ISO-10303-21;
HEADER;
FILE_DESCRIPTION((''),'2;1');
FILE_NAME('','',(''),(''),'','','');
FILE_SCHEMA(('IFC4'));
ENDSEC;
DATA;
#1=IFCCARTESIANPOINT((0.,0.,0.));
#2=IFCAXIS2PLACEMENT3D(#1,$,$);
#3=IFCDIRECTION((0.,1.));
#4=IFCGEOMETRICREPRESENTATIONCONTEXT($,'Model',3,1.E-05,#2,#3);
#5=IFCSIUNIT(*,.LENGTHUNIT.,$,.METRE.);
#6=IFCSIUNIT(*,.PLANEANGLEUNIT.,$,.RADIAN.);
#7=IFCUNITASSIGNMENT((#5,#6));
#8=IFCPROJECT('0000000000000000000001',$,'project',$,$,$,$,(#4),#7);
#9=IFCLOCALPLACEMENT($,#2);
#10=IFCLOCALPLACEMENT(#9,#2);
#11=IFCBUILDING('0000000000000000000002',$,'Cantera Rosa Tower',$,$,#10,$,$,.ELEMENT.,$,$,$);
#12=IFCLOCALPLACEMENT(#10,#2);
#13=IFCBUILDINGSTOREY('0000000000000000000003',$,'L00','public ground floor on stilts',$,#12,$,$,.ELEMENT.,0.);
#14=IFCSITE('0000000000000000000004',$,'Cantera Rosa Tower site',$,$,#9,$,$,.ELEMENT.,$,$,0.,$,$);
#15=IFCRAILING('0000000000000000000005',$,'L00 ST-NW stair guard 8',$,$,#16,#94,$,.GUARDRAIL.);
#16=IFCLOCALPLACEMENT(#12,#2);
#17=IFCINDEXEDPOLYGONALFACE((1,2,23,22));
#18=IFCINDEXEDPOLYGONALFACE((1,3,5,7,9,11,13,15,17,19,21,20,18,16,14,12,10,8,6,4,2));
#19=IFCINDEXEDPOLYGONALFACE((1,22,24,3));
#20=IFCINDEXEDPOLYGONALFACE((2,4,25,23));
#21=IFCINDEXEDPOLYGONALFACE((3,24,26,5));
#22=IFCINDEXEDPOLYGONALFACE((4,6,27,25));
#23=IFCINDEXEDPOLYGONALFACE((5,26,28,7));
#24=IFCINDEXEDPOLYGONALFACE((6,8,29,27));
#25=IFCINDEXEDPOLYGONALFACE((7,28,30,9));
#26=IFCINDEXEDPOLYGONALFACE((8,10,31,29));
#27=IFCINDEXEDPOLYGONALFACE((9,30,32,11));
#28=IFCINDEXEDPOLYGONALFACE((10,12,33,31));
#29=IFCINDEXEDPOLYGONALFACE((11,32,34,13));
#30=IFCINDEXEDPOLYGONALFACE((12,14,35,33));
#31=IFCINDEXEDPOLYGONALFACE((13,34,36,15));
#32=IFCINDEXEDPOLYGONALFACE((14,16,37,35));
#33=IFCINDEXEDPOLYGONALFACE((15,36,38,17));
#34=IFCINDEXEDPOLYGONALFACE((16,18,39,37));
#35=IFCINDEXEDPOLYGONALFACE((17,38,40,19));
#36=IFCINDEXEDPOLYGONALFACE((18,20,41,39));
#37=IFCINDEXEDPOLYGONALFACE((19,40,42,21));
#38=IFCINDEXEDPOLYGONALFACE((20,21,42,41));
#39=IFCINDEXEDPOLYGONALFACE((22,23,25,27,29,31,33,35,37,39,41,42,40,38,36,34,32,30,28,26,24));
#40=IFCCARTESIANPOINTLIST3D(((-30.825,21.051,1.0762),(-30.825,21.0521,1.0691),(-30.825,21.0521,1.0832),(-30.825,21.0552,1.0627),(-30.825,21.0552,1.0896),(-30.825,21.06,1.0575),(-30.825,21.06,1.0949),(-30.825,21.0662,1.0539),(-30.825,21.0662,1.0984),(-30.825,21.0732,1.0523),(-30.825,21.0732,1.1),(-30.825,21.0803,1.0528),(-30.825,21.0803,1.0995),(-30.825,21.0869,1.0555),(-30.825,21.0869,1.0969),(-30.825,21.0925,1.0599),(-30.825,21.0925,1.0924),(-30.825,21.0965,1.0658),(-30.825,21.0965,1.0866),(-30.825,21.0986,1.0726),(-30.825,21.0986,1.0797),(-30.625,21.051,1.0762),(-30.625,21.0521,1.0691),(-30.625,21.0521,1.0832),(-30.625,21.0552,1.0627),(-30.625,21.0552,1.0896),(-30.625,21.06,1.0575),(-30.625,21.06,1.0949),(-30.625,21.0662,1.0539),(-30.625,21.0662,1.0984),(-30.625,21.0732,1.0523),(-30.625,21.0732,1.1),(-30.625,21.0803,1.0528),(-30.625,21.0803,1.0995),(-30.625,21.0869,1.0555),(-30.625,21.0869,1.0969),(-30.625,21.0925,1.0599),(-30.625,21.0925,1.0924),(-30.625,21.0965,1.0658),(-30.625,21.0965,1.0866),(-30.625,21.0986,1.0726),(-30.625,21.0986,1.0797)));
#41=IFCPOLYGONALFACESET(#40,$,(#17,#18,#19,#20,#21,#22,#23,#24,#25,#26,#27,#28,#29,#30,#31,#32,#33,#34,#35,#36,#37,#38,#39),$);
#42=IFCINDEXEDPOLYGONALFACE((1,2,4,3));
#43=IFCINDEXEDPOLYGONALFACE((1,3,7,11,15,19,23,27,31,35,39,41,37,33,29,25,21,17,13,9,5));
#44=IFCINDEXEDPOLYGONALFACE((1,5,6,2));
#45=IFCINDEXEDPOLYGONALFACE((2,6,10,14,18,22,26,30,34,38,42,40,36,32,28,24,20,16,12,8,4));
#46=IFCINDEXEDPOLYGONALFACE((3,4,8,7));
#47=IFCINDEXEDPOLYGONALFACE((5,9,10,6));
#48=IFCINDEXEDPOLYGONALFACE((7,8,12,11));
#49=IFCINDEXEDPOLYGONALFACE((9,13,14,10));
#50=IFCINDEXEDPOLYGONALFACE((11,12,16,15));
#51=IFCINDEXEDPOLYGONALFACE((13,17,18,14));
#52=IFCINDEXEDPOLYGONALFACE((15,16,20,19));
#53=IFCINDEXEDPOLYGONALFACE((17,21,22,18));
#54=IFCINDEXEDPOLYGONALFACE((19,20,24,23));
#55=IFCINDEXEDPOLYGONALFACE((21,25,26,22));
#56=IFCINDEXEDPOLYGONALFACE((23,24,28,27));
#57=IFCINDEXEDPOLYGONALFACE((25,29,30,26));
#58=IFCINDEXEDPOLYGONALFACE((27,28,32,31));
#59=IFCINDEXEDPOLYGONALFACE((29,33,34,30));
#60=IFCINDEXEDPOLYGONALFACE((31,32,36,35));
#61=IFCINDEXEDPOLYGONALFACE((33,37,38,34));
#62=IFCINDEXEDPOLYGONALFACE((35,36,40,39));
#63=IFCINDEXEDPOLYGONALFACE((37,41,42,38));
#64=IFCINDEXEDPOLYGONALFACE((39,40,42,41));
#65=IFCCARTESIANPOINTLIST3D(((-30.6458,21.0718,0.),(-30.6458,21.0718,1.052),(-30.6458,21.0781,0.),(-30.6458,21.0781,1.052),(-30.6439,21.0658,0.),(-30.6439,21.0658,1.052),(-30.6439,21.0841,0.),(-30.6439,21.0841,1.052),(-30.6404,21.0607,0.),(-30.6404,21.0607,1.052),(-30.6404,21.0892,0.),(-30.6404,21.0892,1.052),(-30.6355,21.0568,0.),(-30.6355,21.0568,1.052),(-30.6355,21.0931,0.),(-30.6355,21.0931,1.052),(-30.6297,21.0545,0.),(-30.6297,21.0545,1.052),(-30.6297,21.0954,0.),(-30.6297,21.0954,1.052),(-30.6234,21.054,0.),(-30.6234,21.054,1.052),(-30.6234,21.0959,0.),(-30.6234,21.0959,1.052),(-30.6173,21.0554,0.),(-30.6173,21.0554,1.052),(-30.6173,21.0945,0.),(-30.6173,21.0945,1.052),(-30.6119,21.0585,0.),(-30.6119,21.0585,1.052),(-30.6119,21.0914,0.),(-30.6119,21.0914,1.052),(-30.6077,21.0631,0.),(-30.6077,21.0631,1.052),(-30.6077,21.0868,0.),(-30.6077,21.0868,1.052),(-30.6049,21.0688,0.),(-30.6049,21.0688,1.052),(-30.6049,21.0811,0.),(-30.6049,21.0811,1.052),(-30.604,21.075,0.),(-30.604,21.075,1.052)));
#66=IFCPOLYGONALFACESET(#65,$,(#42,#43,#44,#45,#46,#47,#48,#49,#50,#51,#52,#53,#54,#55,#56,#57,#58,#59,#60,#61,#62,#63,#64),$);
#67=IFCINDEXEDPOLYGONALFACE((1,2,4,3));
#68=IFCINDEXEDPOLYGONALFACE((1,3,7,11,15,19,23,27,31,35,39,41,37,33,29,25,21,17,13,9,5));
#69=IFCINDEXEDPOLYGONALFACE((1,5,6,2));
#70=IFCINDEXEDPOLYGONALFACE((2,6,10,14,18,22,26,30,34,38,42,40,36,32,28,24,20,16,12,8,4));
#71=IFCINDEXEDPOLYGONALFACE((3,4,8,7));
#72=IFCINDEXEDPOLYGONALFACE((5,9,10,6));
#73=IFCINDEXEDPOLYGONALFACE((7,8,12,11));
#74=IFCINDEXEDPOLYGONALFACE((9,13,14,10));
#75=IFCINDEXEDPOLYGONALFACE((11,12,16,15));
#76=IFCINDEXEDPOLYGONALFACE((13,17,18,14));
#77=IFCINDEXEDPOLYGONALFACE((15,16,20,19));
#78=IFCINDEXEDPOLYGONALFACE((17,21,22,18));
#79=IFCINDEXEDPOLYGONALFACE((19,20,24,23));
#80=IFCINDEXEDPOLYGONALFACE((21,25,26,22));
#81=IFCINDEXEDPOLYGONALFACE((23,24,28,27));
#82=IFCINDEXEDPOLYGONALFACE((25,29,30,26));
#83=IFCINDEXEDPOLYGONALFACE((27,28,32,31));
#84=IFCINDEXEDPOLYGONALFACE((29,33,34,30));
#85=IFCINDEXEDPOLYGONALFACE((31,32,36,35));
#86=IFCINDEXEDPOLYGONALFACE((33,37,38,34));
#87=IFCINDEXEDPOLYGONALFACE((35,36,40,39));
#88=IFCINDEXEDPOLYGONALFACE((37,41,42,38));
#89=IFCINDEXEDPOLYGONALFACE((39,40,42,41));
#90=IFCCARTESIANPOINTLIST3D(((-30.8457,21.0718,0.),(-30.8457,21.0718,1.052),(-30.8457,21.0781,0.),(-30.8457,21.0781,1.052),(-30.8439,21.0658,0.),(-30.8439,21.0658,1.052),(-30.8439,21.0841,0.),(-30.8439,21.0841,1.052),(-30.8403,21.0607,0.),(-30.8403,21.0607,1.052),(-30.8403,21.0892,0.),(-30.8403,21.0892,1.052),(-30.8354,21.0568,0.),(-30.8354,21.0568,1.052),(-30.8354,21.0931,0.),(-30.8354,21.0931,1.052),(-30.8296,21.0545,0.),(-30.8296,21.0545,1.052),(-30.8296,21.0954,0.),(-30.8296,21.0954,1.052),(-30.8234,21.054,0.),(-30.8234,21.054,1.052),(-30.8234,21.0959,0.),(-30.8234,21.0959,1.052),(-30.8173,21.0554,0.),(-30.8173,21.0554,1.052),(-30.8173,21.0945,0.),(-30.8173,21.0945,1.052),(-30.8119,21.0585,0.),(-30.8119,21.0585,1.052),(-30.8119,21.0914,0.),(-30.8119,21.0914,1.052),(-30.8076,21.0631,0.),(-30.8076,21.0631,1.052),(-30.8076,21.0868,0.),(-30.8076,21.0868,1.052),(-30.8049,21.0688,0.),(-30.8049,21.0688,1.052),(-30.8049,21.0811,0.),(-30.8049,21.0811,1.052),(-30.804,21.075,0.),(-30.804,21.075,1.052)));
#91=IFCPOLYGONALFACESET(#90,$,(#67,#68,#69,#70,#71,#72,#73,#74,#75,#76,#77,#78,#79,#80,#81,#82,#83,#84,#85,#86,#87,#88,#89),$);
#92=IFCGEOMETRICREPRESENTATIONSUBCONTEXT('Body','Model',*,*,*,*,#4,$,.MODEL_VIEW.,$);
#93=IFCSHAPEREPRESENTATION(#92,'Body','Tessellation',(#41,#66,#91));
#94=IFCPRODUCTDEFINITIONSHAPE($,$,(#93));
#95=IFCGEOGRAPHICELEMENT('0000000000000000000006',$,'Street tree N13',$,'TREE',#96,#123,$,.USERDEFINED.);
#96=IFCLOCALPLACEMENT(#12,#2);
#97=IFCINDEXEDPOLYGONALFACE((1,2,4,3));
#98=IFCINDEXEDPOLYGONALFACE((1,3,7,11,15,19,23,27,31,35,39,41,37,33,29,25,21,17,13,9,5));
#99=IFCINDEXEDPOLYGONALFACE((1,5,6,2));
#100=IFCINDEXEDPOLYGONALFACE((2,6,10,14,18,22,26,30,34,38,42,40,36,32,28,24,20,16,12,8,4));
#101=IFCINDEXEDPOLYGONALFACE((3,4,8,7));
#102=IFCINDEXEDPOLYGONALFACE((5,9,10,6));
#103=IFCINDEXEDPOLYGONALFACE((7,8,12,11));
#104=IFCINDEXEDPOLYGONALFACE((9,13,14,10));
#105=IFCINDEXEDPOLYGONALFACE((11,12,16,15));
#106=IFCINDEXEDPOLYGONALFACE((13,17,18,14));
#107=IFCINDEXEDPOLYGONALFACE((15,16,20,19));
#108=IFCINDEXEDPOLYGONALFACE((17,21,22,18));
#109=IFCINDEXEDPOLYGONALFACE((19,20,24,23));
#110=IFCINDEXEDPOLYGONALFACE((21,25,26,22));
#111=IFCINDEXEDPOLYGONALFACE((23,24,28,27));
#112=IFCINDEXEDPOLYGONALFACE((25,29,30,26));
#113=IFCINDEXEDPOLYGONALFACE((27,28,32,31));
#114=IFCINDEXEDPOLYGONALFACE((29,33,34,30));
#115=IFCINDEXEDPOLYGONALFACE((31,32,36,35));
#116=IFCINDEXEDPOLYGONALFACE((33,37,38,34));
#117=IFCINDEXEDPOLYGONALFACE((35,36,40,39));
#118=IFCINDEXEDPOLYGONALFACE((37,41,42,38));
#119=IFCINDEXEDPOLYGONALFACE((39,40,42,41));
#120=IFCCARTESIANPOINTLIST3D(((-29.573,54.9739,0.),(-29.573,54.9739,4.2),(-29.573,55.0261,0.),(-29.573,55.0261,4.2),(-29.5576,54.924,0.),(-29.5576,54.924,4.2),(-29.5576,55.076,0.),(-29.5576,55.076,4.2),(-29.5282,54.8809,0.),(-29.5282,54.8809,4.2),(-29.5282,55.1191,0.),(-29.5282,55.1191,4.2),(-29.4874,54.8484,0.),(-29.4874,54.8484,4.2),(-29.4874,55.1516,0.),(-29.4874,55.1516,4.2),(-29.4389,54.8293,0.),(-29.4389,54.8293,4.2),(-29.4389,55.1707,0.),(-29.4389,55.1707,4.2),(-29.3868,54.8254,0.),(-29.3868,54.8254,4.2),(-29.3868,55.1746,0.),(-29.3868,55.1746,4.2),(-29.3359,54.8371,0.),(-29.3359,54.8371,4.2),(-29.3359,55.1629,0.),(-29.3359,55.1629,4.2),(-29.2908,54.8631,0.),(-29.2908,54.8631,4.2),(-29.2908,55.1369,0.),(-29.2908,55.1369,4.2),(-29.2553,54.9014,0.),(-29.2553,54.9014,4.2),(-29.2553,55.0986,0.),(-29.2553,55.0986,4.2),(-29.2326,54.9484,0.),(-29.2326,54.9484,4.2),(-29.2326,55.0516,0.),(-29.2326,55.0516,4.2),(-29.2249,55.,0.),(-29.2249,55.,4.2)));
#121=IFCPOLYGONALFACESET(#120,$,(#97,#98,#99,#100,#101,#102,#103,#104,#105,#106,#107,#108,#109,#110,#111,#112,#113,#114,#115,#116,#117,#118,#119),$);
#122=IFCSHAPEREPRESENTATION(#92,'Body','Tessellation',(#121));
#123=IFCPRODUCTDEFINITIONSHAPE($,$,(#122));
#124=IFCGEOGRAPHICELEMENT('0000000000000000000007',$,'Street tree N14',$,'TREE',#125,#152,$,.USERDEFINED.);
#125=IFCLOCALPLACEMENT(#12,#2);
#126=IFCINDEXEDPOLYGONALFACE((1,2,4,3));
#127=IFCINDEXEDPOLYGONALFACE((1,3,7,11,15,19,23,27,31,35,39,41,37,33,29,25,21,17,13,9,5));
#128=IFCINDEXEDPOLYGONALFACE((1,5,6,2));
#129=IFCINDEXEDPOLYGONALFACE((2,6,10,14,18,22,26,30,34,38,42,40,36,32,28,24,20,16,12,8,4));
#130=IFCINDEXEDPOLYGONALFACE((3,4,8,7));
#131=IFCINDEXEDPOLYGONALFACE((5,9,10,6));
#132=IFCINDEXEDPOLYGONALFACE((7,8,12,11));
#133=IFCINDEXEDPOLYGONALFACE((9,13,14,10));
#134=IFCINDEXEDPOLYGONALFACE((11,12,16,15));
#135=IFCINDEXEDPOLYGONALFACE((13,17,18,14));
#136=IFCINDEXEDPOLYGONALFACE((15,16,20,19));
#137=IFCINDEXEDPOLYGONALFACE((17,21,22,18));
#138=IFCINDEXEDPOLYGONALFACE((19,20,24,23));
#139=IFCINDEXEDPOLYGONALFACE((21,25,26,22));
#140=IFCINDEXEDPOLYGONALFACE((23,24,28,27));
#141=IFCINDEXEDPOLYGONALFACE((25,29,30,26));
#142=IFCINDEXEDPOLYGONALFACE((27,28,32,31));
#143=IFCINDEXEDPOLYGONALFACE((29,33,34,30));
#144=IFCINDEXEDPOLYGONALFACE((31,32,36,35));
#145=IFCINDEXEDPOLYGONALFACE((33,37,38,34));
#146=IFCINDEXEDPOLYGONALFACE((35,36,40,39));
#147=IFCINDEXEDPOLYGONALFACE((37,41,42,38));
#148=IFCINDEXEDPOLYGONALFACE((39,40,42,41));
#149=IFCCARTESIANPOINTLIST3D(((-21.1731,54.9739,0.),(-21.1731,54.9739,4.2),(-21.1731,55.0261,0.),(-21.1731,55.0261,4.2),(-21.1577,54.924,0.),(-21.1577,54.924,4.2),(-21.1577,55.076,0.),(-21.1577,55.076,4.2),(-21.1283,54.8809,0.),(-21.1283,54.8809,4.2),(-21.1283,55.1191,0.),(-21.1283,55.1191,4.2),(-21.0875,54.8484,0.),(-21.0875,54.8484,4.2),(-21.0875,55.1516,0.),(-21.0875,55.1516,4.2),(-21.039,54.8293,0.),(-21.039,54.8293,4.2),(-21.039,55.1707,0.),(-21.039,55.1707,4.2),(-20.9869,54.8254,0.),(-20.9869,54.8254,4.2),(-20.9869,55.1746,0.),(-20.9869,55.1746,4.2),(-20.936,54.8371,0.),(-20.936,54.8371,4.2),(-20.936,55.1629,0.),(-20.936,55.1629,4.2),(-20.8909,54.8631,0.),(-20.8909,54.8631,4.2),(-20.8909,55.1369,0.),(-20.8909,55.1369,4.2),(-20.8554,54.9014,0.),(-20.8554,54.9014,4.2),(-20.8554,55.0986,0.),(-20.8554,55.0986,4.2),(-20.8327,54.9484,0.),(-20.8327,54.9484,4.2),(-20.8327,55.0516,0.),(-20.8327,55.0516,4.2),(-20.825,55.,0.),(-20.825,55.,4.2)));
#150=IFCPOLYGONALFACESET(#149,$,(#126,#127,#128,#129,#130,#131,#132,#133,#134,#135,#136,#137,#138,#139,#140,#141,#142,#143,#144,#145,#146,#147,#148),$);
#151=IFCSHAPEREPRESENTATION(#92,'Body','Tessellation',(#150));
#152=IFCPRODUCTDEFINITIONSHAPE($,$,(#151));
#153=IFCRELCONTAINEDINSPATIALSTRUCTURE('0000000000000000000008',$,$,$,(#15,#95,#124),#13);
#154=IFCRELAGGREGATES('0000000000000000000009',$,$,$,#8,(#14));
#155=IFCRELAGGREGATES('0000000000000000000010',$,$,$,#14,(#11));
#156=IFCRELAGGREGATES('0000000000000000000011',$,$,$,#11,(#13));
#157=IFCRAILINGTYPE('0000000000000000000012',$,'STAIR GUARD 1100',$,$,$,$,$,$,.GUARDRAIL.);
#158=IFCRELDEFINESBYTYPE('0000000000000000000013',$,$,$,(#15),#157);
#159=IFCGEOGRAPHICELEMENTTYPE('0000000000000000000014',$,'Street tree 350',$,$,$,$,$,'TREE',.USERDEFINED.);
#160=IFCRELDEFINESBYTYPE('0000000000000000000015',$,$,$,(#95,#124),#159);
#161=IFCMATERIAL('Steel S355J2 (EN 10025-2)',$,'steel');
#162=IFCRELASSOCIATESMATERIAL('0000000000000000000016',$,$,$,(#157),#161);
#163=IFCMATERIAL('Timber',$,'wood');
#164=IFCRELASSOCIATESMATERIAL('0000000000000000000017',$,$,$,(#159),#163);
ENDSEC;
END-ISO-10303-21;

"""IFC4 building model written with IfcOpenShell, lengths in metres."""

from ifc_helpers import new_model, si_unit, direction, frame, origin, origin_2d, place, context, subcontext, project, spatial, circle, extrude, material, material_profile, profile_set, type_object, element, save


model = new_model("IFC4")

# Units and contexts
model_context = context("Model", 3, precision=1e-05, world=origin(), true_north=direction((0.0, 1.0)))
body_context = subcontext(model_context, "Body", "Model", "MODEL_VIEW")
ifc_project = project(units=[si_unit("LENGTHUNIT", "METRE"), si_unit("PLANEANGLEUNIT", "RADIAN")], contexts=[model_context])

# Site, building, storey
site_placement = place(None, origin())
site = spatial("IfcSite", under=ifc_project, at=site_placement, Name="Cantera Rosa Tower site", CompositionType="ELEMENT", RefElevation=0.0)
building_placement = place(site_placement, origin())
building = spatial("IfcBuilding", under=site, at=building_placement, Name="Cantera Rosa Tower", CompositionType="ELEMENT")
storey_placement = place(building_placement, origin())
storey = spatial("IfcBuildingStorey", under=building, at=storey_placement, Name="L00", Description="public ground floor on stilts", CompositionType="ELEMENT", Elevation=0.0)

# Railing
ifc_material_1 = material(Name="Steel S355J2 (EN 10025-2)", Category="steel")
railing_type_1 = type_object("IfcRailingType", Name="STAIR GUARD 1100", PredefinedType="GUARDRAIL", material=ifc_material_1)
for number, where, name in (
    (1, (-30.625, 21.075, 0.0), "L00 ST-NW stair guard 8"),
):
    element("IfcRailing", number, at=place(storey_placement, frame(where)), inside=storey, type_object=railing_type_1, Name=name, PredefinedType="GUARDRAIL", context=body_context, shape_type="SweptSolid", body=[
        extrude(circle(Radius=0.0239, at=origin_2d()), frame((0.0, 0.0, 1.0762), z_axis=(-1.0, 0.0, 0.0), x_axis=(0.0, -1.0, 0.0)), (0.0, 0.0, 1.0), 0.2),
        extrude(circle(Radius=0.021, at=origin_2d()), origin(), (0.0, 0.0, 1.0), 1.052),
        extrude(circle(Radius=0.021, at=origin_2d()), frame((-0.2, 0.0, 0.0)), (0.0, 0.0, 1.0), 1.052),
    ])

# Geographic elements
ifc_material_2 = material(Name="Timber", Category="wood")
ifc_material_profile_1 = material_profile(ifc_material_2, circle(Radius=0.175, at=origin_2d()), Name="Street tree 350")
ifc_profile_set_1 = profile_set([ifc_material_profile_1], Name="Timber")
geographic_element_type = type_object("IfcGeographicElementType", Name="Street tree 350", ElementType="TREE", PredefinedType="USERDEFINED", material=ifc_profile_set_1)
for number, where, z_axis, x_axis, name in (
    (2, (-29.3999, 55.0, 0.0), (0.0, 0.0, 1.0), (1.0, 0.0, 0.0), "Street tree N13"),
    (3, (-21.0, 55.0, 0.0), (0.0, 0.0, 1.0), (1.0, 0.0, 0.0), "Street tree N14"),
):
    element("IfcGeographicElement", number, at=place(storey_placement, frame(where, z_axis=z_axis, x_axis=x_axis)), inside=storey, type_object=geographic_element_type, Name=name, ObjectType="TREE", PredefinedType="USERDEFINED", context=body_context, shape_type="SweptSolid", body=[
        extrude(circle(Radius=0.175, at=origin_2d()), origin(), (0.0, 0.0, 1.0), 4.2),
    ])

save(model, "model.ifc")
